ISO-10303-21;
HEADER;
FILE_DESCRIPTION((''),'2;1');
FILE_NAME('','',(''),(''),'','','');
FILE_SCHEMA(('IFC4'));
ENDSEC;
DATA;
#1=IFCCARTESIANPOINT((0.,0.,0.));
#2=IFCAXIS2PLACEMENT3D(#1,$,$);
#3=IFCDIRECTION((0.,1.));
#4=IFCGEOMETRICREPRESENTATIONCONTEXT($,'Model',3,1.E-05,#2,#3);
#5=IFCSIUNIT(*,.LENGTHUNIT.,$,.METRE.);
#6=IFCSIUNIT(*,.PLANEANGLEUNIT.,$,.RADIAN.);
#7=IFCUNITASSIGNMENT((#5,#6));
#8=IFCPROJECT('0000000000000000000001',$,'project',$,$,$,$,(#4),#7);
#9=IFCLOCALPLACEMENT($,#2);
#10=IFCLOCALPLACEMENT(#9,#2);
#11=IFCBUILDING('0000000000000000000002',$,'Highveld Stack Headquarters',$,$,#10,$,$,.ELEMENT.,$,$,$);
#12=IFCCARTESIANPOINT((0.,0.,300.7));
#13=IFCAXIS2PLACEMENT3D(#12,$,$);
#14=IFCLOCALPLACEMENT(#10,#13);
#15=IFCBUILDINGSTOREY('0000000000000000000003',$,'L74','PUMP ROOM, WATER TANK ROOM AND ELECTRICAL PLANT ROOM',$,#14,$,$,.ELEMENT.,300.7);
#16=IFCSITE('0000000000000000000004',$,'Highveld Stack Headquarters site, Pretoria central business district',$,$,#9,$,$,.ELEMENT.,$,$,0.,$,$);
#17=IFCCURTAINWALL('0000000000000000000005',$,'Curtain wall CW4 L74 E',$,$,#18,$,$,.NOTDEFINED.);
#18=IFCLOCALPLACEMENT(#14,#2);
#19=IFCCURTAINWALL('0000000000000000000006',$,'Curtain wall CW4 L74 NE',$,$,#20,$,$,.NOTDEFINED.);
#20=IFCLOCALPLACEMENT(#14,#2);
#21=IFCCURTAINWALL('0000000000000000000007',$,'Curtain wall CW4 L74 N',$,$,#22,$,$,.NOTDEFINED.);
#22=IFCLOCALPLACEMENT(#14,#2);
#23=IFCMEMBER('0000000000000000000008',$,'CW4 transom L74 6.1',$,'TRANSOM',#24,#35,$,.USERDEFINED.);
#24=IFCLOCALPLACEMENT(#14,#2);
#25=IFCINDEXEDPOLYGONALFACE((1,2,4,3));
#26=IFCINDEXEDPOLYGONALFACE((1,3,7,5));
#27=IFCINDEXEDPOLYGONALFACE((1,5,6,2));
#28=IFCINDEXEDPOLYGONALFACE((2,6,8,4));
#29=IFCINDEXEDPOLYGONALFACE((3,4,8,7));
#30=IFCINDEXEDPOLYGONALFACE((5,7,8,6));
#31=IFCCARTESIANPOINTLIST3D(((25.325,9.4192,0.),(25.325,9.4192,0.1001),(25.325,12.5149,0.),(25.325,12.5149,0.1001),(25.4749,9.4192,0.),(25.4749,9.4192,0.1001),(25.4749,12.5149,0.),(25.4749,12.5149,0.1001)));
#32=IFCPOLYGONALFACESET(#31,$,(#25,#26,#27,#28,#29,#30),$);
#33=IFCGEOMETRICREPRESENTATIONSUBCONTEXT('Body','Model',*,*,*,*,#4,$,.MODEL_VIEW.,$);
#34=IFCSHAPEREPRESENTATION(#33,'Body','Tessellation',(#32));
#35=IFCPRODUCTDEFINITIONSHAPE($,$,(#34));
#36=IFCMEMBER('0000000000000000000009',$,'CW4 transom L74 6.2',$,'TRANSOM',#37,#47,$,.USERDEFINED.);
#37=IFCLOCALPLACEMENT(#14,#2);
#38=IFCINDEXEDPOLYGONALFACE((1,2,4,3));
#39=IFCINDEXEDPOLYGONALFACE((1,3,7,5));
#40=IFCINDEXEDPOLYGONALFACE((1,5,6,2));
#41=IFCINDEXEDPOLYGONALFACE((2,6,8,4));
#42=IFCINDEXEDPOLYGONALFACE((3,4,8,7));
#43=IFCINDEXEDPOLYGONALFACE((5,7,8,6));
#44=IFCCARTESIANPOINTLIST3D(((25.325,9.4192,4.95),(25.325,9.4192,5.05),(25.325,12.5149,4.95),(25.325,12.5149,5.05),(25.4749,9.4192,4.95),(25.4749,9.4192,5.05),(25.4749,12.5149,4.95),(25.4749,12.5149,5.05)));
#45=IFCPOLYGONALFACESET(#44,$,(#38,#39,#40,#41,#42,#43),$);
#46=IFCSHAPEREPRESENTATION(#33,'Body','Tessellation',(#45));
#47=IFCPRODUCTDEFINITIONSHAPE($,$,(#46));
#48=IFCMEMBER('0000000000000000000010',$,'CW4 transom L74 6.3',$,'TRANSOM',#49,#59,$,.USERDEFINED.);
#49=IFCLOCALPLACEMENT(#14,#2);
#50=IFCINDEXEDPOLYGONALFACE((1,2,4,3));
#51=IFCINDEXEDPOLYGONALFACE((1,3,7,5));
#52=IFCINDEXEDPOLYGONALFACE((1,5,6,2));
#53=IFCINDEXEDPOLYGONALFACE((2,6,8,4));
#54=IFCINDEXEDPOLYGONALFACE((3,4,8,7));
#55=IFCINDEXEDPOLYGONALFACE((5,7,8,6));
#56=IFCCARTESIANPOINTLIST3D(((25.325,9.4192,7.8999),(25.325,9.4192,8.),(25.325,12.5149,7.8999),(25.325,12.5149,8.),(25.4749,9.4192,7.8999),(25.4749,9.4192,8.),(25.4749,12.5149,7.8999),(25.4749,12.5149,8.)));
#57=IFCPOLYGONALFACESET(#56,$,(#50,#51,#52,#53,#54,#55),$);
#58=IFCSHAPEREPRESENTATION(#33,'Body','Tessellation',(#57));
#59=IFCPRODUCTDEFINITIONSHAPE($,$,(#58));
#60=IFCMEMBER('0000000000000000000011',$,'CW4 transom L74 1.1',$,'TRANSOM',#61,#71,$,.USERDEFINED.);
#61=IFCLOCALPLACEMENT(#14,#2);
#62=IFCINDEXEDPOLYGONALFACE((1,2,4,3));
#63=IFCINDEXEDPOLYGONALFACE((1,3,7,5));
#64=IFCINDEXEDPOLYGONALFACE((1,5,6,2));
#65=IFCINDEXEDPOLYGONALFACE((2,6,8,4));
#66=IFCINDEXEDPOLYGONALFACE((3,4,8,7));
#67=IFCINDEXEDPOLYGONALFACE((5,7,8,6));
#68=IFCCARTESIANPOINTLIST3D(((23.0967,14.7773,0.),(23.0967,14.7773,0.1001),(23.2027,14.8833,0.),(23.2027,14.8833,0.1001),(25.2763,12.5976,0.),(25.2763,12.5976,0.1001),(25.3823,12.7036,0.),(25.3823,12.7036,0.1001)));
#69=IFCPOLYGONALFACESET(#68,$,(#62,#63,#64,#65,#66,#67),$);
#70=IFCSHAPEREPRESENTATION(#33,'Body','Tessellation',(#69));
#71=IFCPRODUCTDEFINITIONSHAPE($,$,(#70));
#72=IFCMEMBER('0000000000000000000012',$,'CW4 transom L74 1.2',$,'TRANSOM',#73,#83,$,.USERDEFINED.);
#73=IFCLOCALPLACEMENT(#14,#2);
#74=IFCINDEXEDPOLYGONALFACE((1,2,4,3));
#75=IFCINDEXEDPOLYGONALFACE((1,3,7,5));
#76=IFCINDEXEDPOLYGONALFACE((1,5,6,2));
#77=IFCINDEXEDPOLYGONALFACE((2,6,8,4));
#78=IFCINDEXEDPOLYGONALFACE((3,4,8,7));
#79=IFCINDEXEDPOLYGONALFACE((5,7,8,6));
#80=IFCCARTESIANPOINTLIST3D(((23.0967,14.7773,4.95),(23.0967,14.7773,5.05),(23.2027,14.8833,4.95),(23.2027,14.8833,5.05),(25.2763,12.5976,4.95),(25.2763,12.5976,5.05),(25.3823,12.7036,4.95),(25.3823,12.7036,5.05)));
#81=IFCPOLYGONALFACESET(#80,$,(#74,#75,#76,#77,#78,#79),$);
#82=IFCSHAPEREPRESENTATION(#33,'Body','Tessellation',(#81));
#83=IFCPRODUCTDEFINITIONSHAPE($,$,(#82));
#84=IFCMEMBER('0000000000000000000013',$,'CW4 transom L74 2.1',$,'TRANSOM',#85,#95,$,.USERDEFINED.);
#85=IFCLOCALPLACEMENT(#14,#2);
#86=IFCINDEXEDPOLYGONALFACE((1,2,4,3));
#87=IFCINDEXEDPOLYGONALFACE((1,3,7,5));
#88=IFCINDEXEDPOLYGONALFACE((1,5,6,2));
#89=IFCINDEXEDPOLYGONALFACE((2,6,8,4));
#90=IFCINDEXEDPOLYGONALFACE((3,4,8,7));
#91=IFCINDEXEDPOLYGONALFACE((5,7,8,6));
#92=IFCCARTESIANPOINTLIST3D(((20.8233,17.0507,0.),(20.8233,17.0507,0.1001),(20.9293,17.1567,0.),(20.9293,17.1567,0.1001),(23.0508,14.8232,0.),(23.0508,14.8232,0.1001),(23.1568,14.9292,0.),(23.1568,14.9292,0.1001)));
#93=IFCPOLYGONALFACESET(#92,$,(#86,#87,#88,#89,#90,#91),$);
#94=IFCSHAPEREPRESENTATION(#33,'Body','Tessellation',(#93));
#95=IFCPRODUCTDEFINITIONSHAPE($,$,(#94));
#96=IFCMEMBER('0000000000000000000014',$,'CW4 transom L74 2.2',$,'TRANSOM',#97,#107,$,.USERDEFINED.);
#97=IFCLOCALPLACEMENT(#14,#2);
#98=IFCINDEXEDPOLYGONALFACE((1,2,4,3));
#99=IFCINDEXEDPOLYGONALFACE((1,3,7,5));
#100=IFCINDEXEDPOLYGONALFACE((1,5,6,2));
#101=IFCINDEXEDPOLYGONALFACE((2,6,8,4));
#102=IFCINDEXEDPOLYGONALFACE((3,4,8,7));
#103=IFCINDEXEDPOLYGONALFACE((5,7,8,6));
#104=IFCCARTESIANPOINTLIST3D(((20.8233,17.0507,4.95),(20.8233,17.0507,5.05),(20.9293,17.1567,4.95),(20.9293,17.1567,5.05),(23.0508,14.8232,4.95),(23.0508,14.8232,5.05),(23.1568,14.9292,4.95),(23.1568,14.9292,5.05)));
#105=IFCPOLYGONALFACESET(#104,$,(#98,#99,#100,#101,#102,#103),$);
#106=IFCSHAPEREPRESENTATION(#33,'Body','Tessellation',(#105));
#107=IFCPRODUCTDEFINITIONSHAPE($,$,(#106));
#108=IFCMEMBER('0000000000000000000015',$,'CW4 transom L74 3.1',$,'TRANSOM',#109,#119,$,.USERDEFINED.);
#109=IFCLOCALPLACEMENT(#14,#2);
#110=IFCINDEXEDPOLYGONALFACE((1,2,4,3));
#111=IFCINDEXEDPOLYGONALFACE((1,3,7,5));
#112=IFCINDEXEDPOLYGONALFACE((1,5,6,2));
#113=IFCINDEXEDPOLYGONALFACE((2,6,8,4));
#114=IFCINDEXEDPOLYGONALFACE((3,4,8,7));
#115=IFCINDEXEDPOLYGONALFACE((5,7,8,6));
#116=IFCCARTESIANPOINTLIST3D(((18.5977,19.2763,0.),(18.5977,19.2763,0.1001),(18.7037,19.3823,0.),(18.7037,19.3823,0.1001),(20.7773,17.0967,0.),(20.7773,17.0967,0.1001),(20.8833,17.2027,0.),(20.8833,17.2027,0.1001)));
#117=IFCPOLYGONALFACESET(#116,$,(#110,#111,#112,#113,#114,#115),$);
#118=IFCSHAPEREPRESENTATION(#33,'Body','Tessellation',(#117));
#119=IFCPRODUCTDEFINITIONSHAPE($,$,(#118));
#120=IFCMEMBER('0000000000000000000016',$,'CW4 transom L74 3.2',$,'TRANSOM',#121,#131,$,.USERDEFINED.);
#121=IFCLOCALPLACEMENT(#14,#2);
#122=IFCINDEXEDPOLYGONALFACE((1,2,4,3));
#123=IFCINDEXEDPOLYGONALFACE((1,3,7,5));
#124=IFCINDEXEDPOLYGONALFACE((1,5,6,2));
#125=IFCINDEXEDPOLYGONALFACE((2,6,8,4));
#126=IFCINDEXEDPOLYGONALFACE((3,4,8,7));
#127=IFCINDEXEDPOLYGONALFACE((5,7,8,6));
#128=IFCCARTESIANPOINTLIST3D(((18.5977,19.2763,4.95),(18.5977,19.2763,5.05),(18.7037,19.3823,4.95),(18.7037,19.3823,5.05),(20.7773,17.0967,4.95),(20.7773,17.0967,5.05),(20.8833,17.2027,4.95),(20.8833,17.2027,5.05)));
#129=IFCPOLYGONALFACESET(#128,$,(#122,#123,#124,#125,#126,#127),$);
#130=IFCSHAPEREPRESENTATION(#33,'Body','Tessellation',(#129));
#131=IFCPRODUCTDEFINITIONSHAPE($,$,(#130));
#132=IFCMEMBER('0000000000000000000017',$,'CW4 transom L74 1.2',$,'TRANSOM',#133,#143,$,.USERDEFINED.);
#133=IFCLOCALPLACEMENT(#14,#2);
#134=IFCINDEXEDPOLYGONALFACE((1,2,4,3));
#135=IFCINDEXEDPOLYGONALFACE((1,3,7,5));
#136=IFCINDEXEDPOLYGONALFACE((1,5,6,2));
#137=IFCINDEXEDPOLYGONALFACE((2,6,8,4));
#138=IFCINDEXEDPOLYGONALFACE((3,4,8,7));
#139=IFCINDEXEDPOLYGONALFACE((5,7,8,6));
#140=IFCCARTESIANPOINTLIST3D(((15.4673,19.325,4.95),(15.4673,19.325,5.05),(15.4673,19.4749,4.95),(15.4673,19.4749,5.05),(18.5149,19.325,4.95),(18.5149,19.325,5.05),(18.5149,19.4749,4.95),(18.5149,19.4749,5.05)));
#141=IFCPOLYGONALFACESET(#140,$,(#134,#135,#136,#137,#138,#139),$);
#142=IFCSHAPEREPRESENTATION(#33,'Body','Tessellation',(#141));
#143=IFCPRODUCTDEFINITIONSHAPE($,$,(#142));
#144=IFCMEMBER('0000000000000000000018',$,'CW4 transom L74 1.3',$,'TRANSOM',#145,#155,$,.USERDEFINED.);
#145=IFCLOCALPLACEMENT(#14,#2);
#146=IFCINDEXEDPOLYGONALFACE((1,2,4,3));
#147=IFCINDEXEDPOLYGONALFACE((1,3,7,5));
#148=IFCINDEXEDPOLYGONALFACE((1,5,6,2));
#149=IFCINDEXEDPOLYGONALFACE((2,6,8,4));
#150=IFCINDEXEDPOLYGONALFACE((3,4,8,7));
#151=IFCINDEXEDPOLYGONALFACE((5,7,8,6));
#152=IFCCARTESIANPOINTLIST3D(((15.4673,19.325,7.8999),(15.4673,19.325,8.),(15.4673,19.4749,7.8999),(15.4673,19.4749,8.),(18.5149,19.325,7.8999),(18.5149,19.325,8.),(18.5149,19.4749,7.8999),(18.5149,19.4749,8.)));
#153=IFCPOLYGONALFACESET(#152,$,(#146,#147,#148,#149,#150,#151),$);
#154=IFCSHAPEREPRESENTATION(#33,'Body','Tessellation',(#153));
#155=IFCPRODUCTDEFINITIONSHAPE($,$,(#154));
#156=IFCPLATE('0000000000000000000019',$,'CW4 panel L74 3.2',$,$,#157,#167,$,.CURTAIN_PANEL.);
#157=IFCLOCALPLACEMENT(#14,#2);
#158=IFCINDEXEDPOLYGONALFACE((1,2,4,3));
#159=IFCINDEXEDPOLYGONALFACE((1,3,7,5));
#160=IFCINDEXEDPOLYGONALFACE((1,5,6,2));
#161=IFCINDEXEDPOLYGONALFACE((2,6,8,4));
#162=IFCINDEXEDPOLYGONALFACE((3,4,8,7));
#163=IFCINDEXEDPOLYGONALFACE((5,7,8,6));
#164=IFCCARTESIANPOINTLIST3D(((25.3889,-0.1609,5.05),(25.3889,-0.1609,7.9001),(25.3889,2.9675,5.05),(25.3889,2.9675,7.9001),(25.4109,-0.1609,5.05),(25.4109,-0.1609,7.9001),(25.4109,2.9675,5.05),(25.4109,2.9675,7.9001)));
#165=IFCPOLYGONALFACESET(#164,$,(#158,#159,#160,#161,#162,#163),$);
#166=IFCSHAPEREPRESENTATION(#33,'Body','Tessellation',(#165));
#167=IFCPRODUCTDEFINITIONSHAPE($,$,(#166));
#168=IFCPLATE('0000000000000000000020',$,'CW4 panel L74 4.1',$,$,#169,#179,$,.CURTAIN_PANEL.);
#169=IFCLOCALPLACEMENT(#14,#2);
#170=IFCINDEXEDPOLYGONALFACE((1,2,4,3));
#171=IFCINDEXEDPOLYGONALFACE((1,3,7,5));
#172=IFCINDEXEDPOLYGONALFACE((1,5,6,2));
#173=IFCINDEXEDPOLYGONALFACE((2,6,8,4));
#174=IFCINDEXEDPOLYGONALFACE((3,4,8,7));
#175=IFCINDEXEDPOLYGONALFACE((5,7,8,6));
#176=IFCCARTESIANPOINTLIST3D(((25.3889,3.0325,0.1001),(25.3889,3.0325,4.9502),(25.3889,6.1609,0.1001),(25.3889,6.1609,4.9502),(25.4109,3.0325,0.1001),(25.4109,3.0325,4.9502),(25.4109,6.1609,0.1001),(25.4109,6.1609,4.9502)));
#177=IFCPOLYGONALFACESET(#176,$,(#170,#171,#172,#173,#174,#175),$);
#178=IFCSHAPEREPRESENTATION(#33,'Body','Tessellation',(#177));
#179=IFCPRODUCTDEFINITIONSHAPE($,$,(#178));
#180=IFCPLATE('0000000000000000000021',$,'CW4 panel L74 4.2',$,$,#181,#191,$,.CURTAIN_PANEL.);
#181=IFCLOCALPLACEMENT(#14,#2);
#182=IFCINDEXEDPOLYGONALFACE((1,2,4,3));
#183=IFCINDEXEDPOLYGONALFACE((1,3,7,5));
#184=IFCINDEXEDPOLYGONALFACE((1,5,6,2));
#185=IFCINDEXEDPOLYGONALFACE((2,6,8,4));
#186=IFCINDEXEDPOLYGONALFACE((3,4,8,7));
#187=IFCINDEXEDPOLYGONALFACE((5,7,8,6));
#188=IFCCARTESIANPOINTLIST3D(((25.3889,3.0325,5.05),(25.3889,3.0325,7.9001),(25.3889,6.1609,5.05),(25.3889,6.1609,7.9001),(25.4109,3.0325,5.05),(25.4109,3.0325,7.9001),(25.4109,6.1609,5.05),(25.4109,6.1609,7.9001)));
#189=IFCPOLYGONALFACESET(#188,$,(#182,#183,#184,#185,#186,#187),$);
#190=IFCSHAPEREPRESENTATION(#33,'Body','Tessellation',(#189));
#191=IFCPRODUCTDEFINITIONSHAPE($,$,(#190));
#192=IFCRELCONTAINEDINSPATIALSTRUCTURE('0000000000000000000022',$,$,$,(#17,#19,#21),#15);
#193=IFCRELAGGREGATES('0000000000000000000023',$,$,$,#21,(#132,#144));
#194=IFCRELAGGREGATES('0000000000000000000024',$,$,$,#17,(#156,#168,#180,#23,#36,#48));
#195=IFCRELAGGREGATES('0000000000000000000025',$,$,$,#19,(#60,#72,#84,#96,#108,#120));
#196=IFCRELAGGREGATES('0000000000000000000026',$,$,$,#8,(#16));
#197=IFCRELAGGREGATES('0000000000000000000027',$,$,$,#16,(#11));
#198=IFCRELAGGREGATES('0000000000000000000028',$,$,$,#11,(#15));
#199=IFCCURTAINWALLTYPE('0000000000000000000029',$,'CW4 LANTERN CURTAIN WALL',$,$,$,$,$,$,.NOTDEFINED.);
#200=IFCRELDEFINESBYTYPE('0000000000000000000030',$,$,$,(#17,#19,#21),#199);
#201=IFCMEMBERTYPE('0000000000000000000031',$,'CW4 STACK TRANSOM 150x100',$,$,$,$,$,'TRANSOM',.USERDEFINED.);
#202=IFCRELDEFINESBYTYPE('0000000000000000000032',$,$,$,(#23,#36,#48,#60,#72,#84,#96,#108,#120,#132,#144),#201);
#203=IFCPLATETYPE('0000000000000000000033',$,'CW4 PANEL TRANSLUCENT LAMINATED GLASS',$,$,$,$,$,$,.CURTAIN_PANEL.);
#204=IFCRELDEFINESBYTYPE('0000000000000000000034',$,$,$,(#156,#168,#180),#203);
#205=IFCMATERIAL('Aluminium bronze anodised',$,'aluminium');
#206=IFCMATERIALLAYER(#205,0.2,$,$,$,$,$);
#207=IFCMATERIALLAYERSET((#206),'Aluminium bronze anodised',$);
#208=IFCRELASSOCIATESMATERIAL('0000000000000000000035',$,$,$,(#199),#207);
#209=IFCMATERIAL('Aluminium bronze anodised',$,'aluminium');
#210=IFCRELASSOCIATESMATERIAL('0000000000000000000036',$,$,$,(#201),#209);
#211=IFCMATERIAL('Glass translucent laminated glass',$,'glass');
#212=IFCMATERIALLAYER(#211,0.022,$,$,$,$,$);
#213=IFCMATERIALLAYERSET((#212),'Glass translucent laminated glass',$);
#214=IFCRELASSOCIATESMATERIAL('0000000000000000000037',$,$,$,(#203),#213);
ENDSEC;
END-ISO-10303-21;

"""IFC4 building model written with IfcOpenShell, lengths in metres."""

from ifc_helpers import new_model, si_unit, direction, frame, origin, origin_2d, place, context, subcontext, project, spatial, rectangle, extrude, material, layer, layer_set, material_profile, profile_set, type_object, element, aggregate, save


model = new_model("IFC4")

# Units and contexts
model_context = context("Model", 3, precision=1e-05, world=origin(), true_north=direction((0.0, 1.0)))
body_context = subcontext(model_context, "Body", "Model", "MODEL_VIEW")
ifc_project = project(units=[si_unit("LENGTHUNIT", "METRE"), si_unit("PLANEANGLEUNIT", "RADIAN")], contexts=[model_context])

# Site, building, storey
site_placement = place(None, origin())
site = spatial("IfcSite", under=ifc_project, at=site_placement, Name="Highveld Stack Headquarters site, Pretoria central business district", CompositionType="ELEMENT", RefElevation=0.0)
building_placement = place(site_placement, origin())
building = spatial("IfcBuilding", under=site, at=building_placement, Name="Highveld Stack Headquarters", CompositionType="ELEMENT")
storey_placement = place(building_placement, frame((0.0, 0.0, 300.7)))
storey = spatial("IfcBuildingStorey", under=building, at=storey_placement, Name="L74", Description="PUMP ROOM, WATER TANK ROOM AND ELECTRICAL PLANT ROOM", CompositionType="ELEMENT", Elevation=300.7)

# Curtain walls
ifc_material_1 = material(Name="Aluminium bronze anodised", Category="aluminium")
ifc_layer_1 = layer(ifc_material_1, 0.2)
ifc_layer_set_1 = layer_set([ifc_layer_1], Name="Aluminium bronze anodised")
curtain_wall_type = type_object("IfcCurtainWallType", Name="CW4 LANTERN CURTAIN WALL", PredefinedType="NOTDEFINED", material=ifc_layer_set_1)
curtain_wall_1_placement = place(storey_placement, origin())
curtain_wall_1 = element("IfcCurtainWall", 1, at=curtain_wall_1_placement, inside=storey, type_object=curtain_wall_type, Name="Curtain wall CW4 L74 E", PredefinedType="NOTDEFINED")
curtain_wall_2_placement = place(storey_placement, origin())
curtain_wall_2 = element("IfcCurtainWall", 2, at=curtain_wall_2_placement, inside=storey, type_object=curtain_wall_type, Name="Curtain wall CW4 L74 NE", PredefinedType="NOTDEFINED")

# Curtain wall
curtain_wall_3_placement = place(storey_placement, origin())
curtain_wall_3 = element("IfcCurtainWall", 3, at=curtain_wall_3_placement, inside=storey, type_object=curtain_wall_type, Name="Curtain wall CW4 L74 N", PredefinedType="NOTDEFINED")

# Members
ifc_material_2 = material(Name="Aluminium bronze anodised", Category="aluminium")
ifc_material_profile_1 = material_profile(ifc_material_2, rectangle(XDim=0.1499, YDim=0.1001, at=origin_2d()), Name="CW4 TRANSOM 150x100")
ifc_profile_set_1 = profile_set([ifc_material_profile_1], Name="Aluminium bronze anodised")
member_type_1 = type_object("IfcMemberType", Name="CW4 STACK TRANSOM 150x100", ElementType="TRANSOM", PredefinedType="USERDEFINED", material=ifc_profile_set_1)
member_1_placement = place(storey_placement, frame((25.3999, 9.4192, 0.05), z_axis=(0.0, 1.0, 0.0), x_axis=(-1.0, 0.0, 0.0)))
member_1 = element("IfcMember", 4, at=member_1_placement, type_object=member_type_1, Name="CW4 transom L74 6.1", ObjectType="TRANSOM", PredefinedType="USERDEFINED", context=body_context, shape_type="SweptSolid", body=[
    extrude(rectangle(XDim=0.1499, YDim=0.1001, at=origin_2d()), origin(), (0.0, 0.0, 1.0), 3.0957),
])
member_2_placement = place(storey_placement, frame((25.3999, 9.4192, 5.0), z_axis=(0.0, 1.0, 0.0), x_axis=(-1.0, 0.0, 0.0)))
member_2 = element("IfcMember", 5, at=member_2_placement, type_object=member_type_1, Name="CW4 transom L74 6.2", ObjectType="TRANSOM", PredefinedType="USERDEFINED", context=body_context, shape_type="SweptSolid", body=[
    extrude(rectangle(XDim=0.1499, YDim=0.1001, at=origin_2d()), origin(), (0.0, 0.0, 1.0), 3.0957),
])
member_3_placement = place(storey_placement, frame((25.3999, 9.4192, 7.95), z_axis=(0.0, 1.0, 0.0), x_axis=(-1.0, 0.0, 0.0)))
member_3 = element("IfcMember", 6, at=member_3_placement, type_object=member_type_1, Name="CW4 transom L74 6.3", ObjectType="TRANSOM", PredefinedType="USERDEFINED", context=body_context, shape_type="SweptSolid", body=[
    extrude(rectangle(XDim=0.1499, YDim=0.1001, at=origin_2d()), origin(), (0.0, 0.0, 1.0), 3.0957),
])
member_4_placement = place(storey_placement, frame((25.3293, 12.6506, 0.05), z_axis=(-0.707107, 0.707107, 0.0), x_axis=(-0.707107, -0.707107, 0.0)))
member_4 = element("IfcMember", 7, at=member_4_placement, type_object=member_type_1, Name="CW4 transom L74 1.1", ObjectType="TRANSOM", PredefinedType="USERDEFINED", context=body_context, shape_type="SweptSolid", body=[
    extrude(rectangle(XDim=0.1499, YDim=0.1001, at=origin_2d()), origin(), (0.0, 0.0, 1.0), 3.0825),
])
member_5_placement = place(storey_placement, frame((25.3293, 12.6506, 5.0), z_axis=(-0.707107, 0.707107, 0.0), x_axis=(-0.707107, -0.707107, 0.0)))
member_5 = element("IfcMember", 8, at=member_5_placement, type_object=member_type_1, Name="CW4 transom L74 1.2", ObjectType="TRANSOM", PredefinedType="USERDEFINED", context=body_context, shape_type="SweptSolid", body=[
    extrude(rectangle(XDim=0.1499, YDim=0.1001, at=origin_2d()), origin(), (0.0, 0.0, 1.0), 3.0825),
])
member_6_placement = place(storey_placement, frame((23.1038, 14.8762, 0.05), z_axis=(-0.707107, 0.707107, 0.0), x_axis=(-0.707107, -0.707107, 0.0)))
member_6 = element("IfcMember", 9, at=member_6_placement, type_object=member_type_1, Name="CW4 transom L74 2.1", ObjectType="TRANSOM", PredefinedType="USERDEFINED", context=body_context, shape_type="SweptSolid", body=[
    extrude(rectangle(XDim=0.1499, YDim=0.1001, at=origin_2d()), origin(), (0.0, 0.0, 1.0), 3.1501),
])
member_7_placement = place(storey_placement, frame((23.1038, 14.8762, 5.0), z_axis=(-0.707107, 0.707107, 0.0), x_axis=(-0.707107, -0.707107, 0.0)))
member_7 = element("IfcMember", 10, at=member_7_placement, type_object=member_type_1, Name="CW4 transom L74 2.2", ObjectType="TRANSOM", PredefinedType="USERDEFINED", context=body_context, shape_type="SweptSolid", body=[
    extrude(rectangle(XDim=0.1499, YDim=0.1001, at=origin_2d()), origin(), (0.0, 0.0, 1.0), 3.1501),
])
member_8_placement = place(storey_placement, frame((20.8303, 17.1497, 0.05), z_axis=(-0.707107, 0.707107, 0.0), x_axis=(-0.707107, -0.707107, 0.0)))
member_8 = element("IfcMember", 11, at=member_8_placement, type_object=member_type_1, Name="CW4 transom L74 3.1", ObjectType="TRANSOM", PredefinedType="USERDEFINED", context=body_context, shape_type="SweptSolid", body=[
    extrude(rectangle(XDim=0.1499, YDim=0.1001, at=origin_2d()), origin(), (0.0, 0.0, 1.0), 3.0825),
])
member_9_placement = place(storey_placement, frame((20.8303, 17.1497, 5.0), z_axis=(-0.707107, 0.707107, 0.0), x_axis=(-0.707107, -0.707107, 0.0)))
member_9 = element("IfcMember", 12, at=member_9_placement, type_object=member_type_1, Name="CW4 transom L74 3.2", ObjectType="TRANSOM", PredefinedType="USERDEFINED", context=body_context, shape_type="SweptSolid", body=[
    extrude(rectangle(XDim=0.1499, YDim=0.1001, at=origin_2d()), origin(), (0.0, 0.0, 1.0), 3.0825),
])
member_10_placement = place(storey_placement, frame((18.5149, 19.3999, 5.0), z_axis=(-1.0, 0.0, 0.0), x_axis=(0.0, -1.0, 0.0)))
member_10 = element("IfcMember", 13, at=member_10_placement, type_object=member_type_1, Name="CW4 transom L74 1.2", ObjectType="TRANSOM", PredefinedType="USERDEFINED", context=body_context, shape_type="SweptSolid", body=[
    extrude(rectangle(XDim=0.1499, YDim=0.1001, at=origin_2d()), origin(), (0.0, 0.0, 1.0), 3.0476),
])
member_11_placement = place(storey_placement, frame((18.5149, 19.3999, 7.95), z_axis=(-1.0, 0.0, 0.0), x_axis=(0.0, -1.0, 0.0)))
member_11 = element("IfcMember", 14, at=member_11_placement, type_object=member_type_1, Name="CW4 transom L74 1.3", ObjectType="TRANSOM", PredefinedType="USERDEFINED", context=body_context, shape_type="SweptSolid", body=[
    extrude(rectangle(XDim=0.1499, YDim=0.1001, at=origin_2d()), origin(), (0.0, 0.0, 1.0), 3.0476),
])
aggregate(curtain_wall_3, [member_10, member_11])

# Plates
ifc_material_3 = material(Name="Glass translucent laminated glass", Category="glass")
ifc_layer_2 = layer(ifc_material_3, 0.022)
ifc_layer_set_2 = layer_set([ifc_layer_2], Name="Glass translucent laminated glass")
plate_type = type_object("IfcPlateType", Name="CW4 PANEL TRANSLUCENT LAMINATED GLASS", PredefinedType="CURTAIN_PANEL", material=ifc_layer_set_2)
plate_1_placement = place(storey_placement, frame((25.3999, 1.4033, 5.05), z_axis=(0.0, 0.0, 1.0), x_axis=(0.0, 1.0, 0.0)))
plate_1 = element("IfcPlate", 15, at=plate_1_placement, type_object=plate_type, Name="CW4 panel L74 3.2", PredefinedType="CURTAIN_PANEL", context=body_context, shape_type="SweptSolid", body=[
    extrude(rectangle(XDim=3.1284, YDim=0.022, at=origin_2d()), origin(), (0.0, 0.0, 1.0), 2.8501),
])
plate_2_placement = place(storey_placement, frame((25.3999, 4.5967, 0.1001), z_axis=(0.0, 0.0, 1.0), x_axis=(0.0, 1.0, 0.0)))
plate_2 = element("IfcPlate", 16, at=plate_2_placement, type_object=plate_type, Name="CW4 panel L74 4.1", PredefinedType="CURTAIN_PANEL", context=body_context, shape_type="SweptSolid", body=[
    extrude(rectangle(XDim=3.1284, YDim=0.022, at=origin_2d()), origin(), (0.0, 0.0, 1.0), 4.8501),
])
plate_3_placement = place(storey_placement, frame((25.3999, 4.5967, 5.05), z_axis=(0.0, 0.0, 1.0), x_axis=(0.0, 1.0, 0.0)))
plate_3 = element("IfcPlate", 17, at=plate_3_placement, type_object=plate_type, Name="CW4 panel L74 4.2", PredefinedType="CURTAIN_PANEL", context=body_context, shape_type="SweptSolid", body=[
    extrude(rectangle(XDim=3.1284, YDim=0.022, at=origin_2d()), origin(), (0.0, 0.0, 1.0), 2.8501),
])
aggregate(curtain_wall_1, [plate_1, plate_2, plate_3, member_1, member_2, member_3])
aggregate(curtain_wall_2, [member_4, member_5, member_6, member_7, member_8, member_9])

save(model, "model.ifc")
